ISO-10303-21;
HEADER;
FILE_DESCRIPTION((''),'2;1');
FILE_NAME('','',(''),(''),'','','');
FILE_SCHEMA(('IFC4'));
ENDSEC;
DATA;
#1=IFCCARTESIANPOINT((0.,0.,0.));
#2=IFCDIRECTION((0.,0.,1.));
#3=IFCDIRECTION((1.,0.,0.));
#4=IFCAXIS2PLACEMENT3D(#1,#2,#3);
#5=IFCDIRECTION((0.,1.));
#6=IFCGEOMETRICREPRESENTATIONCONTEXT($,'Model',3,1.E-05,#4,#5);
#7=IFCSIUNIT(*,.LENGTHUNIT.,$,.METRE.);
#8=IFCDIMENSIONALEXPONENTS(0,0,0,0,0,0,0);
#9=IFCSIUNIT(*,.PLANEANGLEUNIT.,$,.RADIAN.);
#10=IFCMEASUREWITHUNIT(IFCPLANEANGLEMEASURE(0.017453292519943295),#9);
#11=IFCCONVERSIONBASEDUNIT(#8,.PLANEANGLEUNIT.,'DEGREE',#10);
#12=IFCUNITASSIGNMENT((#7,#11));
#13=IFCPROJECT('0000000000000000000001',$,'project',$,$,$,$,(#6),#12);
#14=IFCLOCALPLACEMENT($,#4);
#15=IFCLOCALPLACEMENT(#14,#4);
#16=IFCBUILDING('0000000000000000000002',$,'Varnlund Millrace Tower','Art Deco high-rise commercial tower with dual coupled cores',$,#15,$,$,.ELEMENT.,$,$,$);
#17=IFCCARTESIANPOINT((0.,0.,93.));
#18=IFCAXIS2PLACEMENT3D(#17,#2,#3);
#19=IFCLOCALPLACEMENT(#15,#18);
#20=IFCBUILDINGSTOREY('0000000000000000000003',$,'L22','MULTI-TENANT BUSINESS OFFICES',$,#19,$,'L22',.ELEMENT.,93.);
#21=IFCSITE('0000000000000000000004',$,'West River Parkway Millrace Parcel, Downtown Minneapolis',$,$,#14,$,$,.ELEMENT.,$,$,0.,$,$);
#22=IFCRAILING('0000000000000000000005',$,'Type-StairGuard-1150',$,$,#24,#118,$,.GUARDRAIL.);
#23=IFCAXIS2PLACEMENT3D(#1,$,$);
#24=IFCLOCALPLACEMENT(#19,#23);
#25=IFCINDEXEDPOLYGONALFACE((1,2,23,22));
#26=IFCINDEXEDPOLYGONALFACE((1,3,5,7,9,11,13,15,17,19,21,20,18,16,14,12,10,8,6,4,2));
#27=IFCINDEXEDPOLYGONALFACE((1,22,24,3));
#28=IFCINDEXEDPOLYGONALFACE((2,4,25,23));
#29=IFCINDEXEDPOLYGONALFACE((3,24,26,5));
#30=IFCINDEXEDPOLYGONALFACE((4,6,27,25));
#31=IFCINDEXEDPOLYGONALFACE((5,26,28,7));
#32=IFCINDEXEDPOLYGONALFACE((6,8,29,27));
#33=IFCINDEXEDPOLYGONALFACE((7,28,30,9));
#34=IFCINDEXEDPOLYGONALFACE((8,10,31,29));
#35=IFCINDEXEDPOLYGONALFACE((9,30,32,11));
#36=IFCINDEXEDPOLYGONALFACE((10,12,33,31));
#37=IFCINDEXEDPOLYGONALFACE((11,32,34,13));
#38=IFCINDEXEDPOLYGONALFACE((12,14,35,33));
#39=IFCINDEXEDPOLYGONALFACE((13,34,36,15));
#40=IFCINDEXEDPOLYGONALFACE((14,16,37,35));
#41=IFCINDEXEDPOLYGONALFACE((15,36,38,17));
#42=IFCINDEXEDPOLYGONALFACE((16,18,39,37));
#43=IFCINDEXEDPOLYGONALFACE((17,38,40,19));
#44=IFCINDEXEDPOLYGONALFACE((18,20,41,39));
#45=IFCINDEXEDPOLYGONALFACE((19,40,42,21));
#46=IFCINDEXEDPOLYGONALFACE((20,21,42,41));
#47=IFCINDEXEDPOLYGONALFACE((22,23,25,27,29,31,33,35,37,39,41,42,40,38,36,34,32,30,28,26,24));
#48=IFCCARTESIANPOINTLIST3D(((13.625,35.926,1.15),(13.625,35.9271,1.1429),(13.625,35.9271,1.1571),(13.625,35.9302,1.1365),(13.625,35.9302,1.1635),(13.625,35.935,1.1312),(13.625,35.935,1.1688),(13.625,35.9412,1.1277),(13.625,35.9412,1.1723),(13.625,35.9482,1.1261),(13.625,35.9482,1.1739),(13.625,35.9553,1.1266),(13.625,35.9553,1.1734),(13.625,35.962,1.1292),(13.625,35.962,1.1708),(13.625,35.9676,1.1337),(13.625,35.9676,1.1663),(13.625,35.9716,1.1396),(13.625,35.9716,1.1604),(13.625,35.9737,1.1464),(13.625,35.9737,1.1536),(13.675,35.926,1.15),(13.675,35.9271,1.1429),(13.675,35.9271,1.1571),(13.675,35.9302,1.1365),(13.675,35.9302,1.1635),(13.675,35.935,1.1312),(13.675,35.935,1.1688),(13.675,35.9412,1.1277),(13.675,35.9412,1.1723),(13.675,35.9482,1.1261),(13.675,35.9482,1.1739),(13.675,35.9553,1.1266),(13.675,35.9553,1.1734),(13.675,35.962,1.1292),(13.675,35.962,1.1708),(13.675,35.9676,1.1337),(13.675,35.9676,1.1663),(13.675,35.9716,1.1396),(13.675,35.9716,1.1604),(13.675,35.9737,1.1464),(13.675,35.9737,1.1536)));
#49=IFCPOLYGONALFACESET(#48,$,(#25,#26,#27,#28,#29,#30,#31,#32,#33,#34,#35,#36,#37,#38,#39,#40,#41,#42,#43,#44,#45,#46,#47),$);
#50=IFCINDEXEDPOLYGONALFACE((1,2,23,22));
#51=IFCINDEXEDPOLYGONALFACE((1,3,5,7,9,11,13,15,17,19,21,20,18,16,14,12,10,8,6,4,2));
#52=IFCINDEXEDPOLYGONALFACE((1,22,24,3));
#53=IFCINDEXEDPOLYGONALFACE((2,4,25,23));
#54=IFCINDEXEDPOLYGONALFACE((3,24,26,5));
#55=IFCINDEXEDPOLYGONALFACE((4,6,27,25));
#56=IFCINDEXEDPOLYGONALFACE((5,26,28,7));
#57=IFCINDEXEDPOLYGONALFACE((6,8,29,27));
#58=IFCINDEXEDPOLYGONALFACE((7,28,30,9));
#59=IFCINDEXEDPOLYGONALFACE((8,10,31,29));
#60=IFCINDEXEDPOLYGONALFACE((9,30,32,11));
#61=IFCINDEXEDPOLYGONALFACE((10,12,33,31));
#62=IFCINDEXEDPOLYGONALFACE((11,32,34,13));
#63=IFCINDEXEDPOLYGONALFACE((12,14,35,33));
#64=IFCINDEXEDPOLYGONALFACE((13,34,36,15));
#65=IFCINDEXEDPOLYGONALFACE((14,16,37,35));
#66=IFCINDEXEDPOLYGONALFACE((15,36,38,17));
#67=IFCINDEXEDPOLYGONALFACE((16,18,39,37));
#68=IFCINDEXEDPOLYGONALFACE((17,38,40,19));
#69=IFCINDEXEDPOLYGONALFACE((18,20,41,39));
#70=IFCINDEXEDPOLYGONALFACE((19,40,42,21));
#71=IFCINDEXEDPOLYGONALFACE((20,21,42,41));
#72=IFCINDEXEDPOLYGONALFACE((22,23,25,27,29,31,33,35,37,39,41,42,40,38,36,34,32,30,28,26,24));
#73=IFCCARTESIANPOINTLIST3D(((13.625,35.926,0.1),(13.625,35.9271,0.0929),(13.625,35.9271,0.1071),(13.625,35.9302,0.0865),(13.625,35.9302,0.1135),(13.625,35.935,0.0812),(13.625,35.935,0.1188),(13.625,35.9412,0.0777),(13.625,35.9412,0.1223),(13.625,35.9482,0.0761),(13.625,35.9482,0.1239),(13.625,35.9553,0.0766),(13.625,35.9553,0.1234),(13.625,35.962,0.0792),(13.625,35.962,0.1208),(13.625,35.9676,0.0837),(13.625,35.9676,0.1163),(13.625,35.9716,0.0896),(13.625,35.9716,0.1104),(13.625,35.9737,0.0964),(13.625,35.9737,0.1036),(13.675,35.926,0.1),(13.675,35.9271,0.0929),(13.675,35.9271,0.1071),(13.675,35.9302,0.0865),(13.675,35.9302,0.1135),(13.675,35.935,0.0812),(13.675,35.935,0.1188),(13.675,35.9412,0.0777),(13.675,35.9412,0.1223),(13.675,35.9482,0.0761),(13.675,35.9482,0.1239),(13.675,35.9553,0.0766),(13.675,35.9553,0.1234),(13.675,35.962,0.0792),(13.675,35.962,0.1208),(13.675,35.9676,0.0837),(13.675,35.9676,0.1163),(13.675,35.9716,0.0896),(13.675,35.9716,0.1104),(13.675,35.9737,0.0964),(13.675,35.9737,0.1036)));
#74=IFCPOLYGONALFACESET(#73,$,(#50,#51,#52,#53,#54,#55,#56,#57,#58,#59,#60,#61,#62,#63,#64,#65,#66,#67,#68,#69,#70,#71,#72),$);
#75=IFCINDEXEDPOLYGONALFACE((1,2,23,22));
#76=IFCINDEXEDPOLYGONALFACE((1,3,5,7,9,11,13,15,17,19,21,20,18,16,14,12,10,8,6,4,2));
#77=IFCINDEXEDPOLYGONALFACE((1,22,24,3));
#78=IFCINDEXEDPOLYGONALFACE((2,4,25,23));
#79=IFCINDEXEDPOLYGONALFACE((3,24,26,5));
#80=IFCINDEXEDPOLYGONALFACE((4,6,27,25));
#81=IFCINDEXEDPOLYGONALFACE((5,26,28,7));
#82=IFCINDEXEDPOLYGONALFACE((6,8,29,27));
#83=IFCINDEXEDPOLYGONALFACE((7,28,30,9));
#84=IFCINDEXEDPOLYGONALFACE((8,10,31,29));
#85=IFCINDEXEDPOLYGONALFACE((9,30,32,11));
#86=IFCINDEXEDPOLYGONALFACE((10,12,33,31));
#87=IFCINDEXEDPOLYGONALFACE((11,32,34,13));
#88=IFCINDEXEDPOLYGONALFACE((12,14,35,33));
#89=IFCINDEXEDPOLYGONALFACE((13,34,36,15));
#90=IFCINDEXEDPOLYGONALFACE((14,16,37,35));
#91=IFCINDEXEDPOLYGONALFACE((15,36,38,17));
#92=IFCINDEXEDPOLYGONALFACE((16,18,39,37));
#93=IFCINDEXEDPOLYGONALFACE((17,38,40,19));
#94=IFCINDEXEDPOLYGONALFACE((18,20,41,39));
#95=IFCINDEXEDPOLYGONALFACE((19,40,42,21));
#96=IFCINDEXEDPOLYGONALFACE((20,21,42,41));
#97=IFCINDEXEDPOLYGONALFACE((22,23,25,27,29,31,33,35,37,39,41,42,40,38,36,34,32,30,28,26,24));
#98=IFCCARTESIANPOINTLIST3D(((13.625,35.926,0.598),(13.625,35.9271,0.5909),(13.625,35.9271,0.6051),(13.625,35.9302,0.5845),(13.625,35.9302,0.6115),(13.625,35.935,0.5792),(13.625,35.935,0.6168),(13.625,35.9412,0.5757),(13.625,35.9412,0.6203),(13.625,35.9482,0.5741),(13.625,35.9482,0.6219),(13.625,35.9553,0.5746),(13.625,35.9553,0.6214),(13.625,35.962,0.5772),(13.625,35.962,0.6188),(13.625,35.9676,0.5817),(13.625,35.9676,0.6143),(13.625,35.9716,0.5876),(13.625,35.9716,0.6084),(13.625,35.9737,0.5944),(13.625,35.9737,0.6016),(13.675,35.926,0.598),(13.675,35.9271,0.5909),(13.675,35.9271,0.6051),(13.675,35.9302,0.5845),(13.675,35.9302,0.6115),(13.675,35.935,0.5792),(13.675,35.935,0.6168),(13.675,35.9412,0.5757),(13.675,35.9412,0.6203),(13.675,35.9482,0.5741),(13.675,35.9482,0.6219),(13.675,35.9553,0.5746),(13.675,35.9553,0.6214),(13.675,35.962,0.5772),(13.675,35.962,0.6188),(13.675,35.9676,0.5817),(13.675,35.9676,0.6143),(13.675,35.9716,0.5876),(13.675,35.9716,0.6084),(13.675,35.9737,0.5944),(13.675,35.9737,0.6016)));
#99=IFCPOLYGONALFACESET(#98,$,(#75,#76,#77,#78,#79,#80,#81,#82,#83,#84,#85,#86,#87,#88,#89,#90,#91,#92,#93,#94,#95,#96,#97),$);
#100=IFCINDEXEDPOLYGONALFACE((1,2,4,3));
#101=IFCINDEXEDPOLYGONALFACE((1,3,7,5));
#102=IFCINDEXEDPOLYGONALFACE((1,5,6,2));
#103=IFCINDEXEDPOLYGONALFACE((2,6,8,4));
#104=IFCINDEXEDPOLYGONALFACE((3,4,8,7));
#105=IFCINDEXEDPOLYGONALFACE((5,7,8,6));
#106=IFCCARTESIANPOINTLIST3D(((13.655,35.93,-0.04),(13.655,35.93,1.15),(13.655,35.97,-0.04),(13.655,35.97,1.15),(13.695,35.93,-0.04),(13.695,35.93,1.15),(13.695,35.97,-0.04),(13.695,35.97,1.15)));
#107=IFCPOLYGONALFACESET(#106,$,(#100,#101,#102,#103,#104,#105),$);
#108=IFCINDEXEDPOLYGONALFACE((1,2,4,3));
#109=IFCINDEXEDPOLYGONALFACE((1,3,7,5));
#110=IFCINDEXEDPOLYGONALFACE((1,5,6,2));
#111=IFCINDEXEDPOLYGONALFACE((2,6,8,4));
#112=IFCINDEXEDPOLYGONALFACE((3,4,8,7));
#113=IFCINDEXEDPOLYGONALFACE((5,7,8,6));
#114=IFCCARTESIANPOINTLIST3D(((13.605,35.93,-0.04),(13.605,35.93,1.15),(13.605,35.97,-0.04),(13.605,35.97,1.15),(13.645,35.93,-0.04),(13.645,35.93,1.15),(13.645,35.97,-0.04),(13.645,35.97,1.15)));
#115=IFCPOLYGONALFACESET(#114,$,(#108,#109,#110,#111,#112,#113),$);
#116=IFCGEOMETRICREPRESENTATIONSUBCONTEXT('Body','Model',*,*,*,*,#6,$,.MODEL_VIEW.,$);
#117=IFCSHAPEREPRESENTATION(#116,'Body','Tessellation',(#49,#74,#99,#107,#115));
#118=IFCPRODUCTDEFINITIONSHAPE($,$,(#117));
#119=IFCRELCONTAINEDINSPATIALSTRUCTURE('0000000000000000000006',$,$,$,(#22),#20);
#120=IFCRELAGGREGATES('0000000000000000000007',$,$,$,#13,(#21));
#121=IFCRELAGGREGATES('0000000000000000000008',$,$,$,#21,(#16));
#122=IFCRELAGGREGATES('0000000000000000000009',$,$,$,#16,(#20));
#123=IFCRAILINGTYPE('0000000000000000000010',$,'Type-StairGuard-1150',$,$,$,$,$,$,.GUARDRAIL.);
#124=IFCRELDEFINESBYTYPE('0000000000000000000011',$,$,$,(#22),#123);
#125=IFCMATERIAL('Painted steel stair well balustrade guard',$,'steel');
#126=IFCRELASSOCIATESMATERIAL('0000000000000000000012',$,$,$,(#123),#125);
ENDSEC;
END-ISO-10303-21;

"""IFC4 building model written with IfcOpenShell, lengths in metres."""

from ifc_helpers import new_model, entity, si_unit, converted_unit, direction, frame, origin_with_axes, origin_2d_with_axis, place, context, subcontext, project, spatial, rectangle, circle, extrude, material, type_object, element, save


model = new_model("IFC4")

# Units and contexts
model_context = context("Model", 3, precision=1e-05, world=origin_with_axes(), true_north=direction((0.0, 1.0)))
body_context = subcontext(model_context, "Body", "Model", "MODEL_VIEW")
ifc_project = project(units=[si_unit("LENGTHUNIT", "METRE"), converted_unit("PLANEANGLEUNIT", "DEGREE", entity("IfcPlaneAngleMeasure", 0.017453292519943295), si_unit("PLANEANGLEUNIT", "RADIAN"), dimensions=[0, 0, 0, 0, 0, 0, 0])], contexts=[model_context])

# Site, building, storey
site_placement = place(None, origin_with_axes())
site = spatial("IfcSite", under=ifc_project, at=site_placement, Name="West River Parkway Millrace Parcel, Downtown Minneapolis", CompositionType="ELEMENT", RefElevation=0.0)
building_placement = place(site_placement, origin_with_axes())
building = spatial("IfcBuilding", under=site, at=building_placement, Name="Varnlund Millrace Tower", Description="Art Deco high-rise commercial tower with dual coupled cores", CompositionType="ELEMENT")
storey_placement = place(building_placement, frame((0.0, 0.0, 93.0), z_axis=(0.0, 0.0, 1.0), x_axis=(1.0, 0.0, 0.0)))
storey = spatial("IfcBuildingStorey", under=building, at=storey_placement, Name="L22", Description="MULTI-TENANT BUSINESS OFFICES", LongName="L22", CompositionType="ELEMENT", Elevation=93.0)

# Railing
ifc_material_1 = material(Name="Painted steel stair well balustrade guard", Category="steel")
railing_type_1 = type_object("IfcRailingType", Name="Type-StairGuard-1150", PredefinedType="GUARDRAIL", material=ifc_material_1)
railing_1_placement = place(storey_placement, frame((0.0, 0.0, -93.0), z_axis=(0.0, 0.0, 1.0), x_axis=(1.0, 0.0, 0.0)))
element("IfcRailing", 1, at=railing_1_placement, inside=storey, type_object=railing_type_1, Name="Type-StairGuard-1150", PredefinedType="GUARDRAIL", context=body_context, shape_type="SweptSolid", body=[
    extrude(circle(Radius=0.024, at=origin_2d_with_axis()), frame((13.675, 35.95, 94.15), z_axis=(-1.0, 0.0, 0.0), x_axis=(0.0, -1.0, 0.0)), (0.0, 0.0, 1.0), 0.05),
    extrude(circle(Radius=0.024, at=origin_2d_with_axis()), frame((13.675, 35.95, 93.1), z_axis=(-1.0, 0.0, 0.0), x_axis=(0.0, -1.0, 0.0)), (0.0, 0.0, 1.0), 0.05),
    extrude(circle(Radius=0.024, at=origin_2d_with_axis()), frame((13.675, 35.95, 93.598), z_axis=(-1.0, 0.0, 0.0), x_axis=(0.0, -1.0, 0.0)), (0.0, 0.0, 1.0), 0.05),
    extrude(rectangle(XDim=0.04, YDim=0.04, at=origin_2d_with_axis()), frame((13.675, 35.95, 92.96), z_axis=(0.0, 0.0, 1.0), x_axis=(1.0, 0.0, 0.0)), (0.0, 0.0, 1.0), 1.19),
    extrude(rectangle(XDim=0.04, YDim=0.04, at=origin_2d_with_axis()), frame((13.625, 35.95, 92.96), z_axis=(0.0, 0.0, 1.0), x_axis=(1.0, 0.0, 0.0)), (0.0, 0.0, 1.0), 1.19),
])

save(model, "model.ifc")
